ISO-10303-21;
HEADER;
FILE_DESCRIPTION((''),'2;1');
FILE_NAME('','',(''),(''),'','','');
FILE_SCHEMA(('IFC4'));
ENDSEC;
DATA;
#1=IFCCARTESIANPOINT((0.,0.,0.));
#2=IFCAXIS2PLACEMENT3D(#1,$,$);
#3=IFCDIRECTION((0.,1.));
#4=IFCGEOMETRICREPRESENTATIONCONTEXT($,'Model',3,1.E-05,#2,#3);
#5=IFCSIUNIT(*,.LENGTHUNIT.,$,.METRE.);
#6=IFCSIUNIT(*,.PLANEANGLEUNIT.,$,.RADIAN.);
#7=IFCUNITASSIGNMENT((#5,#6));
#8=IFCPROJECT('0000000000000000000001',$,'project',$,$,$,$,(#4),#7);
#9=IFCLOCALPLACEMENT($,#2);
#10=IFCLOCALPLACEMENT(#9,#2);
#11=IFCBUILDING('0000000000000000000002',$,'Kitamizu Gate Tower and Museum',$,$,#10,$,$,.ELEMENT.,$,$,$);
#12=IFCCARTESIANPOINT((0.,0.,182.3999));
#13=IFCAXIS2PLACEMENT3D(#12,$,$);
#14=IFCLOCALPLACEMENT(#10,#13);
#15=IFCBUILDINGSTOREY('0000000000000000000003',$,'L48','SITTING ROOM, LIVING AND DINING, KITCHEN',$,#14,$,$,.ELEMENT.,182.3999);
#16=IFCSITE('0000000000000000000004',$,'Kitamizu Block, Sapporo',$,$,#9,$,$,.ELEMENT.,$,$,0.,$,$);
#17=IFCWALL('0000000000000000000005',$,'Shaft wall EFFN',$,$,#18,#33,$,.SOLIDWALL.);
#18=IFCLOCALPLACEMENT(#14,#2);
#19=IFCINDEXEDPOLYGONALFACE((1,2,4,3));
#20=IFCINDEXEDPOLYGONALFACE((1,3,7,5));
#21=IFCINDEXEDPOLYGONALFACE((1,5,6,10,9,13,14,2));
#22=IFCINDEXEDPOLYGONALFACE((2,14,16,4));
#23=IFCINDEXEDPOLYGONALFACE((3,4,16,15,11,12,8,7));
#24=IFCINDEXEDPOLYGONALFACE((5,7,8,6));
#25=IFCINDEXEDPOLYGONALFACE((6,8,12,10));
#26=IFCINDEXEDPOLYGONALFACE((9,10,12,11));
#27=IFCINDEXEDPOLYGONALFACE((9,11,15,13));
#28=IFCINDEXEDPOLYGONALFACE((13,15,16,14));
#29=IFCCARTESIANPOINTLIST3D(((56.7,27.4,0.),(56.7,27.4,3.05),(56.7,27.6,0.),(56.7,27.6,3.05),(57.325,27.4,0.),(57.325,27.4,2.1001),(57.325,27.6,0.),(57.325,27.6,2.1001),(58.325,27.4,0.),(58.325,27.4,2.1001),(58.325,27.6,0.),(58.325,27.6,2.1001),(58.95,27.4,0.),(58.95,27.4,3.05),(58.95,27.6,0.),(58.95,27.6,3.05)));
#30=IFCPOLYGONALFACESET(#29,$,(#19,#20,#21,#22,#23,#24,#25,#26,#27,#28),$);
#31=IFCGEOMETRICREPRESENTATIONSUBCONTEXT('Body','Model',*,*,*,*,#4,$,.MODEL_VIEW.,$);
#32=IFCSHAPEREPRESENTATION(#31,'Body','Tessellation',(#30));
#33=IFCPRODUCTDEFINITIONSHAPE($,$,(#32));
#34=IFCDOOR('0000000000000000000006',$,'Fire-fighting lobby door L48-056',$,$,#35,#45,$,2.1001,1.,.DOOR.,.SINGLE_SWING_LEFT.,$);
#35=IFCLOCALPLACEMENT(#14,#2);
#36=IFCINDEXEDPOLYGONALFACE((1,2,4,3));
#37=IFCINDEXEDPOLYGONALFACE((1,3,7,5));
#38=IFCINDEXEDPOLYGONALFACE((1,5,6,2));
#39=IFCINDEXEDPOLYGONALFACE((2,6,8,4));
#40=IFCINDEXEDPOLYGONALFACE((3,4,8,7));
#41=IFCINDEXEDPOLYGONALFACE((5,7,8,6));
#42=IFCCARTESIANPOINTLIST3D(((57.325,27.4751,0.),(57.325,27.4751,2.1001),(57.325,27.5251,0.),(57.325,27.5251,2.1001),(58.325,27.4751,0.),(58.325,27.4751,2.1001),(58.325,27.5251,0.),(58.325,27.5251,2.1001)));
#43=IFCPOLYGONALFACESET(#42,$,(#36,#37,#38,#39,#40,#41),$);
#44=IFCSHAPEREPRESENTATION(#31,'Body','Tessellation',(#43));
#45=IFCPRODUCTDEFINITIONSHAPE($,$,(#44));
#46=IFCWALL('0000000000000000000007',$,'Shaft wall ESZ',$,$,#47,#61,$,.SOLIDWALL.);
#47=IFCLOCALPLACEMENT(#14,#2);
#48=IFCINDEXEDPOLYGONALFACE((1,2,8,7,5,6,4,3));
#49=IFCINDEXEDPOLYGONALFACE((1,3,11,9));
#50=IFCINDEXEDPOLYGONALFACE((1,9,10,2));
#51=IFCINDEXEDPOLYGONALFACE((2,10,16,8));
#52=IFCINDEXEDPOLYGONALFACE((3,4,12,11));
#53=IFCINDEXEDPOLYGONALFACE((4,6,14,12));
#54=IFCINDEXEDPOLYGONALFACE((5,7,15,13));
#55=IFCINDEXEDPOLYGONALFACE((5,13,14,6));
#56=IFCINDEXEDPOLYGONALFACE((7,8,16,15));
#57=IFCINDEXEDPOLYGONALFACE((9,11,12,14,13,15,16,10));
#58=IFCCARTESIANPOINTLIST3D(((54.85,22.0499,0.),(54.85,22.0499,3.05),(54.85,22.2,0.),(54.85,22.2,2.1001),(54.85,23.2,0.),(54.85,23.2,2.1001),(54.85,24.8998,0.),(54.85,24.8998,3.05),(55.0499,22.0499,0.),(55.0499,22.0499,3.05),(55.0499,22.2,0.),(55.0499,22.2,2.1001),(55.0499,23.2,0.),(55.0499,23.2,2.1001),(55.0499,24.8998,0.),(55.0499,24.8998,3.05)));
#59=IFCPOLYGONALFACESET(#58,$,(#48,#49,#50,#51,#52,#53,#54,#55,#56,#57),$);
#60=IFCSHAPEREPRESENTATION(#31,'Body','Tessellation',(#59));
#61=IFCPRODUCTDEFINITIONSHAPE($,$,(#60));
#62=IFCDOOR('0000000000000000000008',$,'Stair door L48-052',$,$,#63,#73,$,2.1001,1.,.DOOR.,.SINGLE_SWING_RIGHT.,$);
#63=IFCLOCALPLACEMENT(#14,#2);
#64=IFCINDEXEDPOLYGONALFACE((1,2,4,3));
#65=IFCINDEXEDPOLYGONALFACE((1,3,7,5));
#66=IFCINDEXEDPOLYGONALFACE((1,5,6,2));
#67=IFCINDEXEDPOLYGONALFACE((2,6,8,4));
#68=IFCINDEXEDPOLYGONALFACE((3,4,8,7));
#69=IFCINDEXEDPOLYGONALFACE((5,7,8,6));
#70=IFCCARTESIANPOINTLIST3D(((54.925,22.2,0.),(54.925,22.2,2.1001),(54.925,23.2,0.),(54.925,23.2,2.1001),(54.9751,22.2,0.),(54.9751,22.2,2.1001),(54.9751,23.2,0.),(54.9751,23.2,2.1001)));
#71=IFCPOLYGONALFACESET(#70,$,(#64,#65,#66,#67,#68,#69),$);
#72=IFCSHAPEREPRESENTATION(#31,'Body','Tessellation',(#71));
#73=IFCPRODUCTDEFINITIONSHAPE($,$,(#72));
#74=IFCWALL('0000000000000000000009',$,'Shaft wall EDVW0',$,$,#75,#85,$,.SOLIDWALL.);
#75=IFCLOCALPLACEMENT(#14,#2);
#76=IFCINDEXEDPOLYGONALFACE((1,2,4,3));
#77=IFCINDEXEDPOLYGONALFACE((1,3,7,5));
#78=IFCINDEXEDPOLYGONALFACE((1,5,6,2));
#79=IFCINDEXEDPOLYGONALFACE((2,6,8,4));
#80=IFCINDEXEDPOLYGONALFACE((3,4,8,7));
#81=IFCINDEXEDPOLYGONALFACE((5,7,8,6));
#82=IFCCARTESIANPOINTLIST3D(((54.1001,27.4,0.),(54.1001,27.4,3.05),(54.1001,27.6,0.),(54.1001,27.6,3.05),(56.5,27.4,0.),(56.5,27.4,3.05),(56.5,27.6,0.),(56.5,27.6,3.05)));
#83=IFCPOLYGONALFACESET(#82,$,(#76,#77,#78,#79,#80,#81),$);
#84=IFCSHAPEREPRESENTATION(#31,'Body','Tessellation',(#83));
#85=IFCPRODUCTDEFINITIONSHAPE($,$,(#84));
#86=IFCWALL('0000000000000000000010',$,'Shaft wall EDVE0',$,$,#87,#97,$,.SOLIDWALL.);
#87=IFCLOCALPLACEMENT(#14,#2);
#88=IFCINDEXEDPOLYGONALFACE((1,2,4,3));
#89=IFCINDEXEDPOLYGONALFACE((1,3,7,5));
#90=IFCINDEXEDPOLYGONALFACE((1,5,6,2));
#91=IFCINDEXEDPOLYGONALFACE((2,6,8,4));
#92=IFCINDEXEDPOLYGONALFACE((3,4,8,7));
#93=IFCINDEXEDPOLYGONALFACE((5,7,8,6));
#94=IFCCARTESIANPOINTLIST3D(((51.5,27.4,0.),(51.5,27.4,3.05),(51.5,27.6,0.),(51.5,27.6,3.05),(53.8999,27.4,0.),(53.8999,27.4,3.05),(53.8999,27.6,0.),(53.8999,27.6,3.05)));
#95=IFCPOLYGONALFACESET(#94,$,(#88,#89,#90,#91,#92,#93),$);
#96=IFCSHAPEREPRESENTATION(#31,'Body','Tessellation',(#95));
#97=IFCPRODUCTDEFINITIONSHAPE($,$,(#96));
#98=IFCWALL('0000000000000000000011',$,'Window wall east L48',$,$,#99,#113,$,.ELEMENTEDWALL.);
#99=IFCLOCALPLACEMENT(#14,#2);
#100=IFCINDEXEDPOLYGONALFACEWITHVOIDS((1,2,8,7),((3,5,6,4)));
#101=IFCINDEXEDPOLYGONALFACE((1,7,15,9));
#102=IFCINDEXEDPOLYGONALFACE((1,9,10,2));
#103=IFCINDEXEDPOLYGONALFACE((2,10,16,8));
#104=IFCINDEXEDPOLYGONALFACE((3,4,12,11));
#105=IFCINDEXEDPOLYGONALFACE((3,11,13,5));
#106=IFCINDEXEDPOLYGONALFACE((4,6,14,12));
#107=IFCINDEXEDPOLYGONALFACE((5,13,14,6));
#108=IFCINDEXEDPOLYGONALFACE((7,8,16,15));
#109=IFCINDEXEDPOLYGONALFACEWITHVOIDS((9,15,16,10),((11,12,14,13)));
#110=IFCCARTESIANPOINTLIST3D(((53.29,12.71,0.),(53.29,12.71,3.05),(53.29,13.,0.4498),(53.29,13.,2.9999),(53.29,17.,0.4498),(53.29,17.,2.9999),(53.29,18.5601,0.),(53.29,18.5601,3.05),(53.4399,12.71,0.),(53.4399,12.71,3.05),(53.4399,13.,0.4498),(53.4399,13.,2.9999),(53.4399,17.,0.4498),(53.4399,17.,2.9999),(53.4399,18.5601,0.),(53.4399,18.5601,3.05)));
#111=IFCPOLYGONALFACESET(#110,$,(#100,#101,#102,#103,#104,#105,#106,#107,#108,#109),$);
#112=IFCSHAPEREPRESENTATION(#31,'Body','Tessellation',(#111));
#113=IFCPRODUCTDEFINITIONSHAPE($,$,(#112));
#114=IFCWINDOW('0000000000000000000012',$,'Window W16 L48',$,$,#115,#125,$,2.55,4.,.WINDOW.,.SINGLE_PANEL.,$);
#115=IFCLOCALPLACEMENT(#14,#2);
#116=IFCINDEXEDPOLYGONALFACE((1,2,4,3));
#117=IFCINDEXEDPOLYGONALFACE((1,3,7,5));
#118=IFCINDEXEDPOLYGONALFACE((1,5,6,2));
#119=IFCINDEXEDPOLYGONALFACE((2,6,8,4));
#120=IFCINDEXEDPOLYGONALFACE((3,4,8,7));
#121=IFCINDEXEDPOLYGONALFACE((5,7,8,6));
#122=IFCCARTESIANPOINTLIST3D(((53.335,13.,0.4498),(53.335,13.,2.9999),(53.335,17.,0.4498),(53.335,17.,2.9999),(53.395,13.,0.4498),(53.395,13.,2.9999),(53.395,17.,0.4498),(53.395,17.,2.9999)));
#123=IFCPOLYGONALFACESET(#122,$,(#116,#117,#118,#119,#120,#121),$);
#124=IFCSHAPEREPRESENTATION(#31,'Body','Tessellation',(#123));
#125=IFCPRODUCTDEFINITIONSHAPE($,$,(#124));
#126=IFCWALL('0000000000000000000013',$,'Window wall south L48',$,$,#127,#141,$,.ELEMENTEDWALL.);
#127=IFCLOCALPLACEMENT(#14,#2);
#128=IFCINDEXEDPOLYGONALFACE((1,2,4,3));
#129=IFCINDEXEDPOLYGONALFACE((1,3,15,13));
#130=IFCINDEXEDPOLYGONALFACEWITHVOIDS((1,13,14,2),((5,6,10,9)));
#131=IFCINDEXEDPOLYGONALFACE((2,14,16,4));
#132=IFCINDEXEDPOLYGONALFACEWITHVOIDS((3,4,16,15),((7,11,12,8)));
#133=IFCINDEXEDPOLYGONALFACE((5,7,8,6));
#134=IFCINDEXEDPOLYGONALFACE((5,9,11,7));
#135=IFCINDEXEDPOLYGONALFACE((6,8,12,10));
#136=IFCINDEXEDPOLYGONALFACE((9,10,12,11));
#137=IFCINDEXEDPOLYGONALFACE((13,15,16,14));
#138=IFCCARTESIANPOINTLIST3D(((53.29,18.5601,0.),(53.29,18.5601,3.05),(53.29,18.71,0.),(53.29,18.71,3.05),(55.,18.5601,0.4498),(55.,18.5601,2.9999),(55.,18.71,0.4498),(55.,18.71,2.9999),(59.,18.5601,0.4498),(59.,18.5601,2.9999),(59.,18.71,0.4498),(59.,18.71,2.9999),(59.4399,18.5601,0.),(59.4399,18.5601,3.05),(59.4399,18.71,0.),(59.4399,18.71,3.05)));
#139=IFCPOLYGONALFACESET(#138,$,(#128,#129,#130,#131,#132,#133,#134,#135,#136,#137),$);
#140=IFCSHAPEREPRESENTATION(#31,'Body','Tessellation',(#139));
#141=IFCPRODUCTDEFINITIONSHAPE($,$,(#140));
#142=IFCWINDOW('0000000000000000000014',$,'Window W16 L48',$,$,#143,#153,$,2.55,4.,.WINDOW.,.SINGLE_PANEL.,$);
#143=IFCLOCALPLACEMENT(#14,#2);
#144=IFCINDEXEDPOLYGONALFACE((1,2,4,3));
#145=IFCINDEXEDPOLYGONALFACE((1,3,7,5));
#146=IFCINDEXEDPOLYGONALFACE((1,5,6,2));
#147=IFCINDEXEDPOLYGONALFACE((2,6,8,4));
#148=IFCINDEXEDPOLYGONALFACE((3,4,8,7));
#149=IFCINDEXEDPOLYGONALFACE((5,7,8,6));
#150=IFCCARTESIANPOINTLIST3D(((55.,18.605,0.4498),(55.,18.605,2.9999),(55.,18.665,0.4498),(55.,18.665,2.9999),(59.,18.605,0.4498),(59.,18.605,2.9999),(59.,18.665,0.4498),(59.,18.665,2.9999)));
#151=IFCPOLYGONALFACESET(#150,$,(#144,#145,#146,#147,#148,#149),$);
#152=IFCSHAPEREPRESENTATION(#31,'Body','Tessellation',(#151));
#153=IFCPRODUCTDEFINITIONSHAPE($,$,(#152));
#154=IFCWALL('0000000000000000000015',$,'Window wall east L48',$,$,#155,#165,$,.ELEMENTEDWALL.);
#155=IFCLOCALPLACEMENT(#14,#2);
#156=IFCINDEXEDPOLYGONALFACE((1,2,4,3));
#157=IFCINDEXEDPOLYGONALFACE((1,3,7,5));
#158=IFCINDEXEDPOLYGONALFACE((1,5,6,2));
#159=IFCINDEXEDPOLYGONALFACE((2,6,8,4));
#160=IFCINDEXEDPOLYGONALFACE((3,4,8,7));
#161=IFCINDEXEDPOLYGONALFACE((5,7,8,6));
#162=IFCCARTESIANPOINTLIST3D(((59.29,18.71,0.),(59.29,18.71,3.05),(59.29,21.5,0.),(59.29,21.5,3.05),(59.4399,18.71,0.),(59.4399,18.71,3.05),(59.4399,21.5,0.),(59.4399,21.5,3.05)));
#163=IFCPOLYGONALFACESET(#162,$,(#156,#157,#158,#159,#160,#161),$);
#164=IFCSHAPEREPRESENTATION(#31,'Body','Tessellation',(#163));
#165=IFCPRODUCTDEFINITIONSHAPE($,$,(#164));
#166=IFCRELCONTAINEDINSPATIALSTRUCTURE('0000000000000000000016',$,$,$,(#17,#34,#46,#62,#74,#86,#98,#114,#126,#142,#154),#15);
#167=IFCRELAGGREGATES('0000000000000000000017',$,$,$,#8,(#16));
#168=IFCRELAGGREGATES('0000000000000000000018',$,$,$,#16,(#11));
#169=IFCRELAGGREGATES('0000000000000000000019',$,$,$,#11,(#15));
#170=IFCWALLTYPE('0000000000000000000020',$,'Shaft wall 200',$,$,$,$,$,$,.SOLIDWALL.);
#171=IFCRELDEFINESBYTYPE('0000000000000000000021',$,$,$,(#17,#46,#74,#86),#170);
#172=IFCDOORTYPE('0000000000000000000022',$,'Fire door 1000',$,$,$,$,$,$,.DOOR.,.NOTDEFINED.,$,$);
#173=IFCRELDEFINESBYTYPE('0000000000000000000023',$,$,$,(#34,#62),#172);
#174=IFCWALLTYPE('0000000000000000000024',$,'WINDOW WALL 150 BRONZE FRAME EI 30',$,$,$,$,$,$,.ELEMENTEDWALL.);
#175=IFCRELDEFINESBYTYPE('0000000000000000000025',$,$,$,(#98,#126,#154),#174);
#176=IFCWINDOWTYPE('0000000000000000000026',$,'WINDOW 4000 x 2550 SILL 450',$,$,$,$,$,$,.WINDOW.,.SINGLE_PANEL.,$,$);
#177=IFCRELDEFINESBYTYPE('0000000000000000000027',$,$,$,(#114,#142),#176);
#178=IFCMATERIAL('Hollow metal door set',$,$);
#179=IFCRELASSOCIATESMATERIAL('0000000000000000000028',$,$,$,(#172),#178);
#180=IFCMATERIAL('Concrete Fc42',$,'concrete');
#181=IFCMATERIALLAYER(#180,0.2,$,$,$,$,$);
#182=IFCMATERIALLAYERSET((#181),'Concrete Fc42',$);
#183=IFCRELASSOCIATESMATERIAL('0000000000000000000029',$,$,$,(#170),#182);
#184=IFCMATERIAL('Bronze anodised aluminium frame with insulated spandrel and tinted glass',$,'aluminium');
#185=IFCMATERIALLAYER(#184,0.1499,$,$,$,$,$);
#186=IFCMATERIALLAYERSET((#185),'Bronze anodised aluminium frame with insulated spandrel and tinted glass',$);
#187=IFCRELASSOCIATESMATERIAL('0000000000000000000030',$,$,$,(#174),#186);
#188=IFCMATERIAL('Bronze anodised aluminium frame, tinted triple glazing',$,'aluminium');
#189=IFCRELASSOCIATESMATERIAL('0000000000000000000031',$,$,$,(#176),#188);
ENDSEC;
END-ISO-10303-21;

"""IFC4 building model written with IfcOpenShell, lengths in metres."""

from ifc_helpers import new_model, si_unit, direction, frame, frame_2d, origin, place, context, subcontext, project, spatial, rectangle, extrude, material, layer, layer_set, type_object, element, fill, save


model = new_model("IFC4")

# Units and contexts
model_context = context("Model", 3, precision=1e-05, world=origin(), true_north=direction((0.0, 1.0)))
body_context = subcontext(model_context, "Body", "Model", "MODEL_VIEW")
ifc_project = project(units=[si_unit("LENGTHUNIT", "METRE"), si_unit("PLANEANGLEUNIT", "RADIAN")], contexts=[model_context])

# Site, building, storey
site_placement = place(None, origin())
site = spatial("IfcSite", under=ifc_project, at=site_placement, Name="Kitamizu Block, Sapporo", CompositionType="ELEMENT", RefElevation=0.0)
building_placement = place(site_placement, origin())
building = spatial("IfcBuilding", under=site, at=building_placement, Name="Kitamizu Gate Tower and Museum", CompositionType="ELEMENT")
storey_placement = place(building_placement, frame((0.0, 0.0, 182.3999)))
storey = spatial("IfcBuildingStorey", under=building, at=storey_placement, Name="L48", Description="SITTING ROOM, LIVING AND DINING, KITCHEN", CompositionType="ELEMENT", Elevation=182.3999)

# Shared definitions
ifc_material_1 = material(Name="Hollow metal door set")
door_type_1 = type_object("IfcDoorType", Name="Fire door 1000", OperationType="NOTDEFINED", PredefinedType="DOOR", material=ifc_material_1)

# Shared definitions
ifc_material_2 = material(Name="Concrete Fc42", Category="concrete")
ifc_layer_1 = layer(ifc_material_2, 0.2)
ifc_layer_set_1 = layer_set([ifc_layer_1], Name="Concrete Fc42")
wall_type_1 = type_object("IfcWallType", Name="Shaft wall 200", PredefinedType="SOLIDWALL", material=ifc_layer_set_1)

# Walls, openings, doors
wall_1_placement = place(storey_placement, frame((58.95, 27.5, 0.0), z_axis=(0.0, 0.0, 1.0), x_axis=(-1.0, 0.0, 0.0)))
wall_1 = element("IfcWall", 1, at=wall_1_placement, inside=storey, type_object=wall_type_1, Name="Shaft wall EFFN", PredefinedType="SOLIDWALL", context=body_context, shape_type="SweptSolid", body=[
    extrude(rectangle(XDim=2.25, YDim=0.2, at=frame_2d((1.125, 0.0))), origin(), (0.0, 0.0, 1.0), 3.05),
])
opening_1_placement = place(wall_1_placement, frame((0.625, 0.0, 0.0)))
opening_1 = element("IfcOpeningElement", 2, at=opening_1_placement, cuts=wall_1, PredefinedType="OPENING", context=body_context, shape_type="SweptSolid", body=[
    extrude(rectangle(XDim=1.0, YDim=2.1001, at=frame_2d((0.5, 1.05))), frame((0.0, 0.1099, 0.0), z_axis=(0.0, -1.0, 0.0), x_axis=(1.0, 0.0, 0.0)), (0.0, 0.0, 1.0), 0.22),
])
door_1_placement = place(opening_1_placement, origin())
door_1 = element("IfcDoor", 3, at=door_1_placement, inside=storey, type_object=door_type_1, Name="Fire-fighting lobby door L48-056", OperationType="SINGLE_SWING_LEFT", OverallHeight=2.1001, OverallWidth=1.0, PredefinedType="DOOR", context=body_context, shape_type="SweptSolid", body=[
    extrude(rectangle(XDim=1.0, YDim=2.1001, at=frame_2d((0.5, 1.05))), frame((0.0, 0.0249, 0.0), z_axis=(0.0, -1.0, 0.0), x_axis=(1.0, 0.0, 0.0)), (0.0, 0.0, 1.0), 0.05),
])
fill(opening_1, door_1)
wall_2_placement = place(storey_placement, frame((54.95, 22.05, 0.0), z_axis=(0.0, 0.0, 1.0), x_axis=(0.0, 1.0, 0.0)))
wall_2 = element("IfcWall", 4, at=wall_2_placement, inside=storey, type_object=wall_type_1, Name="Shaft wall ESZ", PredefinedType="SOLIDWALL", context=body_context, shape_type="SweptSolid", body=[
    extrude(rectangle(XDim=2.8499, YDim=0.2, at=frame_2d((1.4248, 0.0))), origin(), (0.0, 0.0, 1.0), 3.05),
])
opening_2_placement = place(wall_2_placement, frame((0.1499, 0.0, 0.0)))
opening_2 = element("IfcOpeningElement", 5, at=opening_2_placement, cuts=wall_2, PredefinedType="OPENING", context=body_context, shape_type="SweptSolid", body=[
    extrude(rectangle(XDim=1.0, YDim=2.1001, at=frame_2d((0.5, 1.05))), frame((0.0, 0.1099, 0.0), z_axis=(0.0, -1.0, 0.0), x_axis=(1.0, 0.0, 0.0)), (0.0, 0.0, 1.0), 0.22),
])
door_2_placement = place(opening_2_placement, origin())
door_2 = element("IfcDoor", 6, at=door_2_placement, inside=storey, type_object=door_type_1, Name="Stair door L48-052", OperationType="SINGLE_SWING_RIGHT", OverallHeight=2.1001, OverallWidth=1.0, PredefinedType="DOOR", context=body_context, shape_type="SweptSolid", body=[
    extrude(rectangle(XDim=1.0, YDim=2.1001, at=frame_2d((0.5, 1.05))), frame((0.0, 0.0249, 0.0), z_axis=(0.0, -1.0, 0.0), x_axis=(1.0, 0.0, 0.0)), (0.0, 0.0, 1.0), 0.05),
])
fill(opening_2, door_2)

# Walls
for number, where, z_axis, x_axis, name in (
    (7, (56.5, 27.5, 0.0), (0.0, 0.0, 1.0), (-1.0, 0.0, 0.0), "Shaft wall EDVW0"),
    (8, (53.8999, 27.5, 0.0), (0.0, 0.0, 1.0), (-1.0, 0.0, 0.0), "Shaft wall EDVE0"),
):
    element("IfcWall", number, at=place(storey_placement, frame(where, z_axis=z_axis, x_axis=x_axis)), inside=storey, type_object=wall_type_1, Name=name, PredefinedType="SOLIDWALL", context=body_context, shape_type="SweptSolid", body=[
        extrude(rectangle(XDim=2.3999, YDim=0.2, at=frame_2d((1.2, 0.0))), origin(), (0.0, 0.0, 1.0), 3.05),
    ])

# Walls, openings, windows
ifc_material_3 = material(Name="Bronze anodised aluminium frame with insulated spandrel and tinted glass", Category="aluminium")
ifc_layer_2 = layer(ifc_material_3, 0.1499)
ifc_layer_set_2 = layer_set([ifc_layer_2], Name="Bronze anodised aluminium frame with insulated spandrel and tinted glass")
wall_type_2 = type_object("IfcWallType", Name="WINDOW WALL 150 BRONZE FRAME EI 30", PredefinedType="ELEMENTEDWALL", material=ifc_layer_set_2)
wall_3_placement = place(storey_placement, frame((53.365, 12.71, 0.0), z_axis=(0.0, 0.0, 1.0), x_axis=(0.0, 1.0, 0.0)))
wall_3 = element("IfcWall", 9, at=wall_3_placement, inside=storey, type_object=wall_type_2, Name="Window wall east L48", PredefinedType="ELEMENTEDWALL", context=body_context, shape_type="SweptSolid", body=[
    extrude(rectangle(XDim=5.8501, YDim=0.1499, at=frame_2d((2.925, 0.0))), origin(), (0.0, 0.0, 1.0), 3.05),
])
opening_3_placement = place(wall_3_placement, frame((0.29, 0.0, 0.45)))
opening_3 = element("IfcOpeningElement", 10, at=opening_3_placement, cuts=wall_3, PredefinedType="OPENING", context=body_context, shape_type="SweptSolid", body=[
    extrude(rectangle(XDim=4.0, YDim=2.55, at=frame_2d((2.0, 1.2749))), frame((0.0, 0.085, 0.0), z_axis=(0.0, -1.0, 0.0), x_axis=(1.0, 0.0, 0.0)), (0.0, 0.0, 1.0), 0.1699),
])
ifc_material_4 = material(Name="Bronze anodised aluminium frame, tinted triple glazing", Category="aluminium")
window_type = type_object("IfcWindowType", Name="WINDOW 4000 x 2550 SILL 450", PartitioningType="SINGLE_PANEL", PredefinedType="WINDOW", material=ifc_material_4)
window_1_placement = place(opening_3_placement, origin())
window_1 = element("IfcWindow", 11, at=window_1_placement, inside=storey, type_object=window_type, Name="Window W16 L48", OverallHeight=2.55, OverallWidth=4.0, PartitioningType="SINGLE_PANEL", PredefinedType="WINDOW", context=body_context, shape_type="SweptSolid", body=[
    extrude(rectangle(XDim=4.0, YDim=2.55, at=frame_2d((2.0, 1.2749))), frame((0.0, 0.03, 0.0), z_axis=(0.0, -1.0, 0.0), x_axis=(1.0, 0.0, 0.0)), (0.0, 0.0, 1.0), 0.0601),
])
fill(opening_3, window_1)
wall_4_placement = place(storey_placement, frame((53.29, 18.635, 0.0), z_axis=(0.0, 0.0, 1.0), x_axis=(1.0, 0.0, 0.0)))
wall_4 = element("IfcWall", 12, at=wall_4_placement, inside=storey, type_object=wall_type_2, Name="Window wall south L48", PredefinedType="ELEMENTEDWALL", context=body_context, shape_type="SweptSolid", body=[
    extrude(rectangle(XDim=6.1499, YDim=0.1499, at=frame_2d((3.075, 0.0))), origin(), (0.0, 0.0, 1.0), 3.05),
])
opening_4_placement = place(wall_4_placement, frame((1.71, 0.0, 0.45)))
opening_4 = element("IfcOpeningElement", 13, at=opening_4_placement, cuts=wall_4, PredefinedType="OPENING", context=body_context, shape_type="SweptSolid", body=[
    extrude(rectangle(XDim=4.0, YDim=2.55, at=frame_2d((2.0, 1.2749))), frame((0.0, 0.085, 0.0), z_axis=(0.0, -1.0, 0.0), x_axis=(1.0, 0.0, 0.0)), (0.0, 0.0, 1.0), 0.1699),
])
window_2_placement = place(opening_4_placement, origin())
window_2 = element("IfcWindow", 14, at=window_2_placement, inside=storey, type_object=window_type, Name="Window W16 L48", OverallHeight=2.55, OverallWidth=4.0, PartitioningType="SINGLE_PANEL", PredefinedType="WINDOW", context=body_context, shape_type="SweptSolid", body=[
    extrude(rectangle(XDim=4.0, YDim=2.55, at=frame_2d((2.0, 1.2749))), frame((0.0, 0.03, 0.0), z_axis=(0.0, -1.0, 0.0), x_axis=(1.0, 0.0, 0.0)), (0.0, 0.0, 1.0), 0.0601),
])
fill(opening_4, window_2)

# Wall
wall_5_placement = place(storey_placement, frame((59.365, 18.71, 0.0), z_axis=(0.0, 0.0, 1.0), x_axis=(0.0, 1.0, 0.0)))
element("IfcWall", 15, at=wall_5_placement, inside=storey, type_object=wall_type_2, Name="Window wall east L48", PredefinedType="ELEMENTEDWALL", context=body_context, shape_type="SweptSolid", body=[
    extrude(rectangle(XDim=2.79, YDim=0.1499, at=frame_2d((1.395, 0.0))), origin(), (0.0, 0.0, 1.0), 3.05),
])

save(model, "model.ifc")
